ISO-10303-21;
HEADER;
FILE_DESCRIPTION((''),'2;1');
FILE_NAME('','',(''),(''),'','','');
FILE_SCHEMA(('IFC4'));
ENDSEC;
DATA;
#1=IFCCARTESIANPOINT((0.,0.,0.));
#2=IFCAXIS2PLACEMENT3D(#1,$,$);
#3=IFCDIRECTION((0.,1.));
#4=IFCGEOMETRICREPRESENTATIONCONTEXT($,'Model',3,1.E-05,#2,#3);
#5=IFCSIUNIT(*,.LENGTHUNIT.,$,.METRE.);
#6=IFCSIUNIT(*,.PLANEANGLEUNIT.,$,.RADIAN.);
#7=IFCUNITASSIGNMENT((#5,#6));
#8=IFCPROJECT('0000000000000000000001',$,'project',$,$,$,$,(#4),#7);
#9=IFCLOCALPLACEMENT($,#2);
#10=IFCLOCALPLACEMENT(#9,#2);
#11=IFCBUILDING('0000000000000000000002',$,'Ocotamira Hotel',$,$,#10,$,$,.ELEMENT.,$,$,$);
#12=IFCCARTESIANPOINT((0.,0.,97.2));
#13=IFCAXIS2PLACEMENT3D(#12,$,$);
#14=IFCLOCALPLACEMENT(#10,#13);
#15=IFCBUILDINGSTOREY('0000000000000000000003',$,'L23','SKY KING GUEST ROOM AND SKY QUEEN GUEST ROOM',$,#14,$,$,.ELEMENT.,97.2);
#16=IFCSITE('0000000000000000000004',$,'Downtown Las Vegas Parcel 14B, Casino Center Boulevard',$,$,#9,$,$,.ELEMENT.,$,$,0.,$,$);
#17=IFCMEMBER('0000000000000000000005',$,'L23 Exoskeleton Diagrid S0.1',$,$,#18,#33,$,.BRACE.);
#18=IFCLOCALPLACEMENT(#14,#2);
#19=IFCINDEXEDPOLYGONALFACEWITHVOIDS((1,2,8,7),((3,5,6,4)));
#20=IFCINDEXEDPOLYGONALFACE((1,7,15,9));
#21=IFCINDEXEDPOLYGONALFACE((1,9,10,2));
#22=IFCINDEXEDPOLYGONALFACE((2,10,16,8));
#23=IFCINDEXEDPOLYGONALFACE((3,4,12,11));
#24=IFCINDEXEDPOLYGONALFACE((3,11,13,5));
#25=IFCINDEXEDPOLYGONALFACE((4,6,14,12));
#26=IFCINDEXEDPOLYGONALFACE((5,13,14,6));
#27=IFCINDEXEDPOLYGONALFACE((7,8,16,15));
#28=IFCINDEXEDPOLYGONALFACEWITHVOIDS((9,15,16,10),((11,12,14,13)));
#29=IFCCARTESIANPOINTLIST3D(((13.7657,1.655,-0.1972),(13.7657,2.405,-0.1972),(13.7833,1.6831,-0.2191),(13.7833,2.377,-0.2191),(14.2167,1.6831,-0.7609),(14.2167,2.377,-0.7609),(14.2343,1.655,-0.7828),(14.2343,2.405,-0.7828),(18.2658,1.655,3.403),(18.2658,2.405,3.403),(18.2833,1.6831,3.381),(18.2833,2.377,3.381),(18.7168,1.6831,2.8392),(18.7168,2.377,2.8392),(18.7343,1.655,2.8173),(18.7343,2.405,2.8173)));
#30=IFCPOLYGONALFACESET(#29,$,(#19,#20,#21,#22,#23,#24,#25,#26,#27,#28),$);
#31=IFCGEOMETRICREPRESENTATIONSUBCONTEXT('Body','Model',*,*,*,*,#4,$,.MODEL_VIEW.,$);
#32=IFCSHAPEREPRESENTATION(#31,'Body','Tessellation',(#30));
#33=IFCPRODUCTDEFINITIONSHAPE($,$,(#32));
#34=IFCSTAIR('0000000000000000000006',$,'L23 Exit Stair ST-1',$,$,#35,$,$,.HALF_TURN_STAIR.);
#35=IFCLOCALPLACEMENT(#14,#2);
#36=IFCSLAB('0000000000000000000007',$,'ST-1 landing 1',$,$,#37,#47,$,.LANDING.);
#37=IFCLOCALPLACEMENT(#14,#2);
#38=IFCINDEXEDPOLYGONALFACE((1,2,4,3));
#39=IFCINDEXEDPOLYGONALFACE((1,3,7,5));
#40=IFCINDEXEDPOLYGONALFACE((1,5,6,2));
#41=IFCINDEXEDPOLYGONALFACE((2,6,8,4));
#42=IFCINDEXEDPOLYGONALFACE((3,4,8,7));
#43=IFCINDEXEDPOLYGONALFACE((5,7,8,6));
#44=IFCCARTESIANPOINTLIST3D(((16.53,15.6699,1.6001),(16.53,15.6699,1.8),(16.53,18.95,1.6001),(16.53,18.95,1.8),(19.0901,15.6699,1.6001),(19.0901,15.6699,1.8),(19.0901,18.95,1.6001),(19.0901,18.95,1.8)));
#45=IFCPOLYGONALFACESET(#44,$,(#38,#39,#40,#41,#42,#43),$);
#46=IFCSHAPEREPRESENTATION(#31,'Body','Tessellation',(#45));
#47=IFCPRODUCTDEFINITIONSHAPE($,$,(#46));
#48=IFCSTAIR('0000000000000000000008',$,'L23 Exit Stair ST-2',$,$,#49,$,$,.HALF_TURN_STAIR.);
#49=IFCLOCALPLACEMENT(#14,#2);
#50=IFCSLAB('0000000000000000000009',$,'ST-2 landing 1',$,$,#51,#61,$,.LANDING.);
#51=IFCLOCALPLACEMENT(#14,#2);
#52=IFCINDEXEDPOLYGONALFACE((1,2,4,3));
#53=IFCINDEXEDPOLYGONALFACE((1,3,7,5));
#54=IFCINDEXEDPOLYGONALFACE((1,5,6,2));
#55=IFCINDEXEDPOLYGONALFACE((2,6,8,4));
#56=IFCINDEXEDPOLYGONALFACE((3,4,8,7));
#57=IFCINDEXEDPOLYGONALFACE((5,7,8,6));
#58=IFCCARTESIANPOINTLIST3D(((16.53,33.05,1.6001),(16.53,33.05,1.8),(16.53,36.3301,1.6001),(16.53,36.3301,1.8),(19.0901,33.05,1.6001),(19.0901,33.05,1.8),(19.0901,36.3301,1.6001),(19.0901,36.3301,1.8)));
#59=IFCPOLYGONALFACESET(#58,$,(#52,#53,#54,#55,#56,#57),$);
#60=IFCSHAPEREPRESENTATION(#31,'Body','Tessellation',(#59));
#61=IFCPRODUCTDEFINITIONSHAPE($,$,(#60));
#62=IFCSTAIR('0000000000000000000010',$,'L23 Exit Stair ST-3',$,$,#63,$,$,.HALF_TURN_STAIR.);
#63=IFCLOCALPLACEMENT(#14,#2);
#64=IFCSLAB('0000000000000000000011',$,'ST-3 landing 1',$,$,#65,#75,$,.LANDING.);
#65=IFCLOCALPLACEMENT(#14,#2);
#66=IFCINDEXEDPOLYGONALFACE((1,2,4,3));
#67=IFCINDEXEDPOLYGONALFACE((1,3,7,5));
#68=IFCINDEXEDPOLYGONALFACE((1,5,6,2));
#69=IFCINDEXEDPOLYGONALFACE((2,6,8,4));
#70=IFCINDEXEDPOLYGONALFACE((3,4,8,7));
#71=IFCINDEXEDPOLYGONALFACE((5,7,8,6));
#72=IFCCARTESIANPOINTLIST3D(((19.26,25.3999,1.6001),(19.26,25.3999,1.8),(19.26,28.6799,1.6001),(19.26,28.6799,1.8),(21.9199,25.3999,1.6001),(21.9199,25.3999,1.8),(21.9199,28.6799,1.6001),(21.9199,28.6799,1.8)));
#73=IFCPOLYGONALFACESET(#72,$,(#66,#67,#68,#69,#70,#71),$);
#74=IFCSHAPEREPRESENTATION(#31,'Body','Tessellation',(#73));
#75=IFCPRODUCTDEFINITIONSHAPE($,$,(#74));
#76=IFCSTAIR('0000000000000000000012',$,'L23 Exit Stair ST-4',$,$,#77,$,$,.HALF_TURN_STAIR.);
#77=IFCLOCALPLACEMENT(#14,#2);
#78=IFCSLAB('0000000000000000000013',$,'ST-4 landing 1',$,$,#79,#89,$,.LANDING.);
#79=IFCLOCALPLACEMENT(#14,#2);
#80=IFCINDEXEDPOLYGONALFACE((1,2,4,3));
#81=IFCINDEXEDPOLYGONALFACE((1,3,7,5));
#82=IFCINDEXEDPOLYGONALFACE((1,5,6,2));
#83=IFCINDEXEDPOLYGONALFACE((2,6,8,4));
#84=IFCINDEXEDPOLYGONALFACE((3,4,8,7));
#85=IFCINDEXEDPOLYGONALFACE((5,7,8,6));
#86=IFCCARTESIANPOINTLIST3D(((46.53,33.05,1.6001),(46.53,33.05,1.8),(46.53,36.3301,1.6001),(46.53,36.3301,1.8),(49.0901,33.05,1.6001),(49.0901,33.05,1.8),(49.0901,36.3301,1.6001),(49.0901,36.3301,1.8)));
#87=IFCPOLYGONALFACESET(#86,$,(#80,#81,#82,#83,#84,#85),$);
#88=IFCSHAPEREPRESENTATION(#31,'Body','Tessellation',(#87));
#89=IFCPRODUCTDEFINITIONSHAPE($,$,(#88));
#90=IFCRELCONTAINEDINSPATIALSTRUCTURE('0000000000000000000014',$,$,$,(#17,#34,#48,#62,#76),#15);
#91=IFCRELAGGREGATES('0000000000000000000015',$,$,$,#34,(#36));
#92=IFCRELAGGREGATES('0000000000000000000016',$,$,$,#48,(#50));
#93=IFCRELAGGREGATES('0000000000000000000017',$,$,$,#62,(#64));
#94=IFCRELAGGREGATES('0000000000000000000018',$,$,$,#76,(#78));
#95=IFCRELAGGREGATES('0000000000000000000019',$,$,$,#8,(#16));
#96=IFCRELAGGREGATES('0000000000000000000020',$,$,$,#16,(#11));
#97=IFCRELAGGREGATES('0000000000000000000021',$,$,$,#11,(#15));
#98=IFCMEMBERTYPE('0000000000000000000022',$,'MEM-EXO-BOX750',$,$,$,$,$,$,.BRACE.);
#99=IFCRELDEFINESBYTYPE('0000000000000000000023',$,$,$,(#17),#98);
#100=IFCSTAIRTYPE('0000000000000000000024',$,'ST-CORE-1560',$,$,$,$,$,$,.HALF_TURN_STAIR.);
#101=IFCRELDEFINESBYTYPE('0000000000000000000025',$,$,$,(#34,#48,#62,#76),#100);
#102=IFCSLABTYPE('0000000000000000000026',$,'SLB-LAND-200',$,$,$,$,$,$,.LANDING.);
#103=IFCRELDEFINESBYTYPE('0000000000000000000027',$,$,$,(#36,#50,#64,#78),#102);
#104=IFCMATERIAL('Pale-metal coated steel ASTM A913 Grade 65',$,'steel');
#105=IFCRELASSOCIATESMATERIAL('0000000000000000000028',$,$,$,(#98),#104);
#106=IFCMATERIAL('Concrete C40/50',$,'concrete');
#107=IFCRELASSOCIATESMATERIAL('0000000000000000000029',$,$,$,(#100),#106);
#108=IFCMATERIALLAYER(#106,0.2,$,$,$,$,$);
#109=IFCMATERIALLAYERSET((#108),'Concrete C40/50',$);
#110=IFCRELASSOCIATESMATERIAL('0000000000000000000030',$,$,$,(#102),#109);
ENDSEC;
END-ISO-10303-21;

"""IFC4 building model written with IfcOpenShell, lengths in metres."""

from ifc_helpers import new_model, si_unit, direction, frame, origin, origin_2d, place, context, subcontext, project, spatial, polyline, hollow_rectangle, outline, extrude, source, transform, mapped, material, layer, layer_set, material_profile, profile_set, type_object, element, aggregate, save


model = new_model("IFC4")

# Units and contexts
model_context = context("Model", 3, precision=1e-05, world=origin(), true_north=direction((0.0, 1.0)))
body_context = subcontext(model_context, "Body", "Model", "MODEL_VIEW")
ifc_project = project(units=[si_unit("LENGTHUNIT", "METRE"), si_unit("PLANEANGLEUNIT", "RADIAN")], contexts=[model_context])

# Site, building, storey
site_placement = place(None, origin())
site = spatial("IfcSite", under=ifc_project, at=site_placement, Name="Downtown Las Vegas Parcel 14B, Casino Center Boulevard", CompositionType="ELEMENT", RefElevation=0.0)
building_placement = place(site_placement, origin())
building = spatial("IfcBuilding", under=site, at=building_placement, Name="Ocotamira Hotel", CompositionType="ELEMENT")
storey_placement = place(building_placement, frame((0.0, 0.0, 97.2)))
storey = spatial("IfcBuildingStorey", under=building, at=storey_placement, Name="L23", Description="SKY KING GUEST ROOM AND SKY QUEEN GUEST ROOM", CompositionType="ELEMENT", Elevation=97.2)

# Member
ifc_material_1 = material(Name="Pale-metal coated steel ASTM A913 Grade 65", Category="steel")
ifc_material_profile = material_profile(ifc_material_1, hollow_rectangle(XDim=0.75, YDim=0.75, WallThickness=0.0281, at=origin_2d()), Name="BOX750X750X28")
ifc_profile_set = profile_set([ifc_material_profile], Name="Pale-metal coated steel ASTM A913 Grade 65")
member_type = type_object("IfcMemberType", Name="MEM-EXO-BOX750", PredefinedType="BRACE", material=ifc_profile_set)
shared_shape_1 = source(origin(), body_context, "Body", "SweptSolid", [
    extrude(hollow_rectangle(XDim=0.75, YDim=0.75, WallThickness=0.0281, at=origin_2d()), origin(), (0.0, 0.0, 1.0), 5.7629),
])
member_placement = place(storey_placement, frame((14.0, 2.03, -0.49), z_axis=(0.780861, 0.0, 0.624705), x_axis=(0.0, 1.0, 0.0)))
element("IfcMember", 1, at=member_placement, inside=storey, type_object=member_type, Name="L23 Exoskeleton Diagrid S0.1", PredefinedType="BRACE", context=body_context, shape_type="MappedRepresentation", body=[
    mapped(shared_shape_1, transform((0.0, 0.0, 0.0), scale=1.0)),
])

# Stairs, slabs
ifc_material_2 = material(Name="Concrete C40/50", Category="concrete")
stair_type = type_object("IfcStairType", Name="ST-CORE-1560", PredefinedType="HALF_TURN_STAIR", material=ifc_material_2)
stair_1_placement = place(storey_placement, origin())
stair_1 = element("IfcStair", 2, at=stair_1_placement, inside=storey, type_object=stair_type, Name="L23 Exit Stair ST-1", PredefinedType="HALF_TURN_STAIR")
ifc_layer_1 = layer(ifc_material_2, 0.2)
ifc_layer_set_1 = layer_set([ifc_layer_1], Name="Concrete C40/50")
slab_type_1 = type_object("IfcSlabType", Name="SLB-LAND-200", PredefinedType="LANDING", material=ifc_layer_set_1)
slab_1_placement = place(storey_placement, frame((0.0, 0.0, 1.6001)))
slab_1 = element("IfcSlab", 3, at=slab_1_placement, type_object=slab_type_1, Name="ST-1 landing 1", PredefinedType="LANDING", context=body_context, shape_type="SweptSolid", body=[
    extrude(outline(polyline([(16.53, 15.6699), (19.0901, 15.6699), (19.0901, 18.95), (16.53, 18.95), (16.53, 15.6699)])), origin(), (0.0, 0.0, 1.0), 0.2),
])
aggregate(stair_1, [slab_1])
stair_2_placement = place(storey_placement, origin())
stair_2 = element("IfcStair", 4, at=stair_2_placement, inside=storey, type_object=stair_type, Name="L23 Exit Stair ST-2", PredefinedType="HALF_TURN_STAIR")
slab_2_placement = place(storey_placement, frame((0.0, 0.0, 1.6001)))
slab_2 = element("IfcSlab", 5, at=slab_2_placement, type_object=slab_type_1, Name="ST-2 landing 1", PredefinedType="LANDING", context=body_context, shape_type="SweptSolid", body=[
    extrude(outline(polyline([(16.53, 33.05), (19.0901, 33.05), (19.0901, 36.3301), (16.53, 36.3301), (16.53, 33.05)])), origin(), (0.0, 0.0, 1.0), 0.2),
])
aggregate(stair_2, [slab_2])
stair_3_placement = place(storey_placement, origin())
stair_3 = element("IfcStair", 6, at=stair_3_placement, inside=storey, type_object=stair_type, Name="L23 Exit Stair ST-3", PredefinedType="HALF_TURN_STAIR")
slab_3_placement = place(storey_placement, frame((0.0, 0.0, 1.6001)))
slab_3 = element("IfcSlab", 7, at=slab_3_placement, type_object=slab_type_1, Name="ST-3 landing 1", PredefinedType="LANDING", context=body_context, shape_type="SweptSolid", body=[
    extrude(outline(polyline([(19.26, 25.3999), (21.9199, 25.3999), (21.9199, 28.6799), (19.26, 28.6799), (19.26, 25.3999)])), origin(), (0.0, 0.0, 1.0), 0.2),
])
aggregate(stair_3, [slab_3])
stair_4_placement = place(storey_placement, origin())
stair_4 = element("IfcStair", 8, at=stair_4_placement, inside=storey, type_object=stair_type, Name="L23 Exit Stair ST-4", PredefinedType="HALF_TURN_STAIR")
slab_4_placement = place(storey_placement, frame((0.0, 0.0, 1.6001)))
slab_4 = element("IfcSlab", 9, at=slab_4_placement, type_object=slab_type_1, Name="ST-4 landing 1", PredefinedType="LANDING", context=body_context, shape_type="SweptSolid", body=[
    extrude(outline(polyline([(46.53, 33.05), (49.0901, 33.05), (49.0901, 36.3301), (46.53, 36.3301), (46.53, 33.05)])), origin(), (0.0, 0.0, 1.0), 0.2),
])
aggregate(stair_4, [slab_4])

save(model, "model.ifc")
